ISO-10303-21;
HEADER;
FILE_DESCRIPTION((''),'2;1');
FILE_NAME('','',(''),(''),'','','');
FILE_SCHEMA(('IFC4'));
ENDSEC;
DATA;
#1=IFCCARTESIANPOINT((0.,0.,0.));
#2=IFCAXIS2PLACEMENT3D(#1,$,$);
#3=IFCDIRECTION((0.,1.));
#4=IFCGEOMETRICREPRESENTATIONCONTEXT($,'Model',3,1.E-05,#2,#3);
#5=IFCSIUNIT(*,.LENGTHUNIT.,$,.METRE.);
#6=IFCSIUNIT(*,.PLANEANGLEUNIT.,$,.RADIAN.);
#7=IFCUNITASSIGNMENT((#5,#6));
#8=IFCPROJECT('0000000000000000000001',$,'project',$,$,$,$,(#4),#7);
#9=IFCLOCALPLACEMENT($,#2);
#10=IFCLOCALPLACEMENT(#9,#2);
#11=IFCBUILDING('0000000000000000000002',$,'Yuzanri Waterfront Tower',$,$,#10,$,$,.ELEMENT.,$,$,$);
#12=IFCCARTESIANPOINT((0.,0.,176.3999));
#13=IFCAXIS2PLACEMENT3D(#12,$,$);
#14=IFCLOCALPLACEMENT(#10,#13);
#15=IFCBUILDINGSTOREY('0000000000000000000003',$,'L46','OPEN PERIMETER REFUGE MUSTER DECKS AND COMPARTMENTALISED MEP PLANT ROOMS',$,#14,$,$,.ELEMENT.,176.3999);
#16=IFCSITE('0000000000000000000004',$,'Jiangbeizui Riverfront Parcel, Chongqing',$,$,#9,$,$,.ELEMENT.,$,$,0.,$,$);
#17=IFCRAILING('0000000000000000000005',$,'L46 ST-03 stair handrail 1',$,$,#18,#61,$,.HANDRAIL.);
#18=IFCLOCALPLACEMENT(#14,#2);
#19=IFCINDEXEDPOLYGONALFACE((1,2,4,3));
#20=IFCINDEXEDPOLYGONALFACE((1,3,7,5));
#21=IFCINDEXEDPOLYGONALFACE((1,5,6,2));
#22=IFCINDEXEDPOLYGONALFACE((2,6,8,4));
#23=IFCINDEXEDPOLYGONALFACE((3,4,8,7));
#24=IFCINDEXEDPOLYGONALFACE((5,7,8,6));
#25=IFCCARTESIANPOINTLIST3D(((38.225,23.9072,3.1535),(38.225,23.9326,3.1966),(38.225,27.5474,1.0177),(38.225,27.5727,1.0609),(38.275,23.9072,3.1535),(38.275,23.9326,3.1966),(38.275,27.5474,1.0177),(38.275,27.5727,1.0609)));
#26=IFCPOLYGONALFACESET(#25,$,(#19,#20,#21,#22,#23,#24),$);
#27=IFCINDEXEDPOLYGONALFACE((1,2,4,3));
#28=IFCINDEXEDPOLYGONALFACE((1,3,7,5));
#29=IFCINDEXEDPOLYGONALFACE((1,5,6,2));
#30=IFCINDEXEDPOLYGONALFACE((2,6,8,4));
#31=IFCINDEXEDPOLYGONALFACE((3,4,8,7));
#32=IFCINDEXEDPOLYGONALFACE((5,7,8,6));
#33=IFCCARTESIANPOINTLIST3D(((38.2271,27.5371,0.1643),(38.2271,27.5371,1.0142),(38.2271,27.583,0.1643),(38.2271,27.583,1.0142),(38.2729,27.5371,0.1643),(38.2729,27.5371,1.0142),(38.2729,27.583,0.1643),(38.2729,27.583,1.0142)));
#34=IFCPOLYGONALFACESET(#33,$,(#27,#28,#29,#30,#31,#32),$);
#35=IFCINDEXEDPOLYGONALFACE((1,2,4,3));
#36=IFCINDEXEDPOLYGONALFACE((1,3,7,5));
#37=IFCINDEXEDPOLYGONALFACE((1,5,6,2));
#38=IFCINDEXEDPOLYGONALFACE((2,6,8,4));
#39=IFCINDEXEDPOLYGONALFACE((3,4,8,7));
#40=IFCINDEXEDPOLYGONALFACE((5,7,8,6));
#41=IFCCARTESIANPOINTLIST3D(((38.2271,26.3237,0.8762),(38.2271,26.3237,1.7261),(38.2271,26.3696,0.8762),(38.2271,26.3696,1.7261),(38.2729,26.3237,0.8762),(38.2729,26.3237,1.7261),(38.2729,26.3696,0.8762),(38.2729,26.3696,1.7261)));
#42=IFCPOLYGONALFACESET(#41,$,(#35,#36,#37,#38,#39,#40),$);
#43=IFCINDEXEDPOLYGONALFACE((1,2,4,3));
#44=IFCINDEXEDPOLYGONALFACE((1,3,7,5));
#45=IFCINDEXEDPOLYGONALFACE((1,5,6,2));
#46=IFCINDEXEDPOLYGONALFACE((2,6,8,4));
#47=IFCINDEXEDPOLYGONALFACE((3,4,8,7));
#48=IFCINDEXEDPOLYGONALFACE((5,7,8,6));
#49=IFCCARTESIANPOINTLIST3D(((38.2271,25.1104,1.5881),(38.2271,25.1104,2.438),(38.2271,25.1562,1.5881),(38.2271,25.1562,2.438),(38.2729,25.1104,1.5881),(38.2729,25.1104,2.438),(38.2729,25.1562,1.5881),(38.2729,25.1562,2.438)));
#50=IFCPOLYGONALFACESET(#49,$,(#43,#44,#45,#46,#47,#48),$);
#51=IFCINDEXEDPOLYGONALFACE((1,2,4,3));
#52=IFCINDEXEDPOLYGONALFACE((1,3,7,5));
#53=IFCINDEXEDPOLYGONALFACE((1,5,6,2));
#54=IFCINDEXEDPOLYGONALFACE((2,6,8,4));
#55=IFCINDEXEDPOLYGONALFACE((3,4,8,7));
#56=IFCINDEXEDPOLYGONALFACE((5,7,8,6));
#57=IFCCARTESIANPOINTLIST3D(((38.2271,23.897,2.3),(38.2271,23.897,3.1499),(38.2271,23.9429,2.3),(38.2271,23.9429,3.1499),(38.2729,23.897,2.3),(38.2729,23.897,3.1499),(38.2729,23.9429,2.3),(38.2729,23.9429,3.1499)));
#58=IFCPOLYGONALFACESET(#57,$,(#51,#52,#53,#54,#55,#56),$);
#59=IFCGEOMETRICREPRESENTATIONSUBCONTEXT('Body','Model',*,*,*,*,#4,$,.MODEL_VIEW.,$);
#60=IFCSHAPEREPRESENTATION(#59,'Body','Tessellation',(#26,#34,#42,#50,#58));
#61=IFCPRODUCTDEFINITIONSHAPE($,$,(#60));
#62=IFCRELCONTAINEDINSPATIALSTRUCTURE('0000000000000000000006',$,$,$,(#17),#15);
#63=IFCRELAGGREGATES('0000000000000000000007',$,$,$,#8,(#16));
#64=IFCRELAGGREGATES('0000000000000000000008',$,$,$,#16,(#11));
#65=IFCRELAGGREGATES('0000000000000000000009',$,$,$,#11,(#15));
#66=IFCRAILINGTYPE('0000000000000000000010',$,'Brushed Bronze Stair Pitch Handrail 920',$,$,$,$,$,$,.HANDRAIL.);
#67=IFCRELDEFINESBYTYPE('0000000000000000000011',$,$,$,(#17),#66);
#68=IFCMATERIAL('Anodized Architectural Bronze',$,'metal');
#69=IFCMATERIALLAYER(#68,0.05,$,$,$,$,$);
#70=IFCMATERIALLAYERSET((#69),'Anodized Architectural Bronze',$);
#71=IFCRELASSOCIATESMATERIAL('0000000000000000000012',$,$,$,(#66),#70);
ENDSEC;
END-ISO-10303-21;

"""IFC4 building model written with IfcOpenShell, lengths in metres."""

from ifc_helpers import new_model, si_unit, direction, frame, origin, origin_2d, place, context, subcontext, project, spatial, rectangle, extrude, source, transform, mapped, material, layer, layer_set, type_object, element, save


model = new_model("IFC4")

# Units and contexts
model_context = context("Model", 3, precision=1e-05, world=origin(), true_north=direction((0.0, 1.0)))
body_context = subcontext(model_context, "Body", "Model", "MODEL_VIEW")
ifc_project = project(units=[si_unit("LENGTHUNIT", "METRE"), si_unit("PLANEANGLEUNIT", "RADIAN")], contexts=[model_context])

# Site, building, storey
site_placement = place(None, origin())
site = spatial("IfcSite", under=ifc_project, at=site_placement, Name="Jiangbeizui Riverfront Parcel, Chongqing", CompositionType="ELEMENT", RefElevation=0.0)
building_placement = place(site_placement, origin())
building = spatial("IfcBuilding", under=site, at=building_placement, Name="Yuzanri Waterfront Tower", CompositionType="ELEMENT")
storey_placement = place(building_placement, frame((0.0, 0.0, 176.3999)))
storey = spatial("IfcBuildingStorey", under=building, at=storey_placement, Name="L46", Description="OPEN PERIMETER REFUGE MUSTER DECKS AND COMPARTMENTALISED MEP PLANT ROOMS", CompositionType="ELEMENT", Elevation=176.3999)

# Railing
ifc_material_1 = material(Name="Anodized Architectural Bronze", Category="metal")
ifc_layer_1 = layer(ifc_material_1, 0.05)
ifc_layer_set_1 = layer_set([ifc_layer_1], Name="Anodized Architectural Bronze")
railing_type_1 = type_object("IfcRailingType", Name="Brushed Bronze Stair Pitch Handrail 920", PredefinedType="HANDRAIL", material=ifc_layer_set_1)
shared_shape_1 = source(origin(), body_context, "Body", "SweptSolid", [
    extrude(rectangle(XDim=0.05, YDim=0.05, at=origin_2d()), frame((0.0, 0.0, 0.875), z_axis=(0.0, -0.862505, 0.506049), x_axis=(1.0, 0.0, 0.0)), (0.0, 0.0, 1.0), 4.2205),
    extrude(rectangle(XDim=0.0459, YDim=0.0459, at=origin_2d()), origin(), (0.0, 0.0, 1.0), 0.8499),
    extrude(rectangle(XDim=0.0459, YDim=0.0459, at=origin_2d()), frame((0.0, -1.2134, 0.7119)), (0.0, 0.0, 1.0), 0.8499),
    extrude(rectangle(XDim=0.0459, YDim=0.0459, at=origin_2d()), frame((0.0, -2.4268, 1.4238)), (0.0, 0.0, 1.0), 0.8499),
    extrude(rectangle(XDim=0.0459, YDim=0.0459, at=origin_2d()), frame((0.0, -3.6401, 2.1357)), (0.0, 0.0, 1.0), 0.8499),
])
railing_1_placement = place(storey_placement, frame((38.25, 27.5601, 0.1643)))
element("IfcRailing", 1, at=railing_1_placement, inside=storey, type_object=railing_type_1, Name="L46 ST-03 stair handrail 1", PredefinedType="HANDRAIL", context=body_context, shape_type="MappedRepresentation", body=[
    mapped(shared_shape_1, transform((0.0, 0.0, 0.0), scale=1.0)),
])

save(model, "model.ifc")
